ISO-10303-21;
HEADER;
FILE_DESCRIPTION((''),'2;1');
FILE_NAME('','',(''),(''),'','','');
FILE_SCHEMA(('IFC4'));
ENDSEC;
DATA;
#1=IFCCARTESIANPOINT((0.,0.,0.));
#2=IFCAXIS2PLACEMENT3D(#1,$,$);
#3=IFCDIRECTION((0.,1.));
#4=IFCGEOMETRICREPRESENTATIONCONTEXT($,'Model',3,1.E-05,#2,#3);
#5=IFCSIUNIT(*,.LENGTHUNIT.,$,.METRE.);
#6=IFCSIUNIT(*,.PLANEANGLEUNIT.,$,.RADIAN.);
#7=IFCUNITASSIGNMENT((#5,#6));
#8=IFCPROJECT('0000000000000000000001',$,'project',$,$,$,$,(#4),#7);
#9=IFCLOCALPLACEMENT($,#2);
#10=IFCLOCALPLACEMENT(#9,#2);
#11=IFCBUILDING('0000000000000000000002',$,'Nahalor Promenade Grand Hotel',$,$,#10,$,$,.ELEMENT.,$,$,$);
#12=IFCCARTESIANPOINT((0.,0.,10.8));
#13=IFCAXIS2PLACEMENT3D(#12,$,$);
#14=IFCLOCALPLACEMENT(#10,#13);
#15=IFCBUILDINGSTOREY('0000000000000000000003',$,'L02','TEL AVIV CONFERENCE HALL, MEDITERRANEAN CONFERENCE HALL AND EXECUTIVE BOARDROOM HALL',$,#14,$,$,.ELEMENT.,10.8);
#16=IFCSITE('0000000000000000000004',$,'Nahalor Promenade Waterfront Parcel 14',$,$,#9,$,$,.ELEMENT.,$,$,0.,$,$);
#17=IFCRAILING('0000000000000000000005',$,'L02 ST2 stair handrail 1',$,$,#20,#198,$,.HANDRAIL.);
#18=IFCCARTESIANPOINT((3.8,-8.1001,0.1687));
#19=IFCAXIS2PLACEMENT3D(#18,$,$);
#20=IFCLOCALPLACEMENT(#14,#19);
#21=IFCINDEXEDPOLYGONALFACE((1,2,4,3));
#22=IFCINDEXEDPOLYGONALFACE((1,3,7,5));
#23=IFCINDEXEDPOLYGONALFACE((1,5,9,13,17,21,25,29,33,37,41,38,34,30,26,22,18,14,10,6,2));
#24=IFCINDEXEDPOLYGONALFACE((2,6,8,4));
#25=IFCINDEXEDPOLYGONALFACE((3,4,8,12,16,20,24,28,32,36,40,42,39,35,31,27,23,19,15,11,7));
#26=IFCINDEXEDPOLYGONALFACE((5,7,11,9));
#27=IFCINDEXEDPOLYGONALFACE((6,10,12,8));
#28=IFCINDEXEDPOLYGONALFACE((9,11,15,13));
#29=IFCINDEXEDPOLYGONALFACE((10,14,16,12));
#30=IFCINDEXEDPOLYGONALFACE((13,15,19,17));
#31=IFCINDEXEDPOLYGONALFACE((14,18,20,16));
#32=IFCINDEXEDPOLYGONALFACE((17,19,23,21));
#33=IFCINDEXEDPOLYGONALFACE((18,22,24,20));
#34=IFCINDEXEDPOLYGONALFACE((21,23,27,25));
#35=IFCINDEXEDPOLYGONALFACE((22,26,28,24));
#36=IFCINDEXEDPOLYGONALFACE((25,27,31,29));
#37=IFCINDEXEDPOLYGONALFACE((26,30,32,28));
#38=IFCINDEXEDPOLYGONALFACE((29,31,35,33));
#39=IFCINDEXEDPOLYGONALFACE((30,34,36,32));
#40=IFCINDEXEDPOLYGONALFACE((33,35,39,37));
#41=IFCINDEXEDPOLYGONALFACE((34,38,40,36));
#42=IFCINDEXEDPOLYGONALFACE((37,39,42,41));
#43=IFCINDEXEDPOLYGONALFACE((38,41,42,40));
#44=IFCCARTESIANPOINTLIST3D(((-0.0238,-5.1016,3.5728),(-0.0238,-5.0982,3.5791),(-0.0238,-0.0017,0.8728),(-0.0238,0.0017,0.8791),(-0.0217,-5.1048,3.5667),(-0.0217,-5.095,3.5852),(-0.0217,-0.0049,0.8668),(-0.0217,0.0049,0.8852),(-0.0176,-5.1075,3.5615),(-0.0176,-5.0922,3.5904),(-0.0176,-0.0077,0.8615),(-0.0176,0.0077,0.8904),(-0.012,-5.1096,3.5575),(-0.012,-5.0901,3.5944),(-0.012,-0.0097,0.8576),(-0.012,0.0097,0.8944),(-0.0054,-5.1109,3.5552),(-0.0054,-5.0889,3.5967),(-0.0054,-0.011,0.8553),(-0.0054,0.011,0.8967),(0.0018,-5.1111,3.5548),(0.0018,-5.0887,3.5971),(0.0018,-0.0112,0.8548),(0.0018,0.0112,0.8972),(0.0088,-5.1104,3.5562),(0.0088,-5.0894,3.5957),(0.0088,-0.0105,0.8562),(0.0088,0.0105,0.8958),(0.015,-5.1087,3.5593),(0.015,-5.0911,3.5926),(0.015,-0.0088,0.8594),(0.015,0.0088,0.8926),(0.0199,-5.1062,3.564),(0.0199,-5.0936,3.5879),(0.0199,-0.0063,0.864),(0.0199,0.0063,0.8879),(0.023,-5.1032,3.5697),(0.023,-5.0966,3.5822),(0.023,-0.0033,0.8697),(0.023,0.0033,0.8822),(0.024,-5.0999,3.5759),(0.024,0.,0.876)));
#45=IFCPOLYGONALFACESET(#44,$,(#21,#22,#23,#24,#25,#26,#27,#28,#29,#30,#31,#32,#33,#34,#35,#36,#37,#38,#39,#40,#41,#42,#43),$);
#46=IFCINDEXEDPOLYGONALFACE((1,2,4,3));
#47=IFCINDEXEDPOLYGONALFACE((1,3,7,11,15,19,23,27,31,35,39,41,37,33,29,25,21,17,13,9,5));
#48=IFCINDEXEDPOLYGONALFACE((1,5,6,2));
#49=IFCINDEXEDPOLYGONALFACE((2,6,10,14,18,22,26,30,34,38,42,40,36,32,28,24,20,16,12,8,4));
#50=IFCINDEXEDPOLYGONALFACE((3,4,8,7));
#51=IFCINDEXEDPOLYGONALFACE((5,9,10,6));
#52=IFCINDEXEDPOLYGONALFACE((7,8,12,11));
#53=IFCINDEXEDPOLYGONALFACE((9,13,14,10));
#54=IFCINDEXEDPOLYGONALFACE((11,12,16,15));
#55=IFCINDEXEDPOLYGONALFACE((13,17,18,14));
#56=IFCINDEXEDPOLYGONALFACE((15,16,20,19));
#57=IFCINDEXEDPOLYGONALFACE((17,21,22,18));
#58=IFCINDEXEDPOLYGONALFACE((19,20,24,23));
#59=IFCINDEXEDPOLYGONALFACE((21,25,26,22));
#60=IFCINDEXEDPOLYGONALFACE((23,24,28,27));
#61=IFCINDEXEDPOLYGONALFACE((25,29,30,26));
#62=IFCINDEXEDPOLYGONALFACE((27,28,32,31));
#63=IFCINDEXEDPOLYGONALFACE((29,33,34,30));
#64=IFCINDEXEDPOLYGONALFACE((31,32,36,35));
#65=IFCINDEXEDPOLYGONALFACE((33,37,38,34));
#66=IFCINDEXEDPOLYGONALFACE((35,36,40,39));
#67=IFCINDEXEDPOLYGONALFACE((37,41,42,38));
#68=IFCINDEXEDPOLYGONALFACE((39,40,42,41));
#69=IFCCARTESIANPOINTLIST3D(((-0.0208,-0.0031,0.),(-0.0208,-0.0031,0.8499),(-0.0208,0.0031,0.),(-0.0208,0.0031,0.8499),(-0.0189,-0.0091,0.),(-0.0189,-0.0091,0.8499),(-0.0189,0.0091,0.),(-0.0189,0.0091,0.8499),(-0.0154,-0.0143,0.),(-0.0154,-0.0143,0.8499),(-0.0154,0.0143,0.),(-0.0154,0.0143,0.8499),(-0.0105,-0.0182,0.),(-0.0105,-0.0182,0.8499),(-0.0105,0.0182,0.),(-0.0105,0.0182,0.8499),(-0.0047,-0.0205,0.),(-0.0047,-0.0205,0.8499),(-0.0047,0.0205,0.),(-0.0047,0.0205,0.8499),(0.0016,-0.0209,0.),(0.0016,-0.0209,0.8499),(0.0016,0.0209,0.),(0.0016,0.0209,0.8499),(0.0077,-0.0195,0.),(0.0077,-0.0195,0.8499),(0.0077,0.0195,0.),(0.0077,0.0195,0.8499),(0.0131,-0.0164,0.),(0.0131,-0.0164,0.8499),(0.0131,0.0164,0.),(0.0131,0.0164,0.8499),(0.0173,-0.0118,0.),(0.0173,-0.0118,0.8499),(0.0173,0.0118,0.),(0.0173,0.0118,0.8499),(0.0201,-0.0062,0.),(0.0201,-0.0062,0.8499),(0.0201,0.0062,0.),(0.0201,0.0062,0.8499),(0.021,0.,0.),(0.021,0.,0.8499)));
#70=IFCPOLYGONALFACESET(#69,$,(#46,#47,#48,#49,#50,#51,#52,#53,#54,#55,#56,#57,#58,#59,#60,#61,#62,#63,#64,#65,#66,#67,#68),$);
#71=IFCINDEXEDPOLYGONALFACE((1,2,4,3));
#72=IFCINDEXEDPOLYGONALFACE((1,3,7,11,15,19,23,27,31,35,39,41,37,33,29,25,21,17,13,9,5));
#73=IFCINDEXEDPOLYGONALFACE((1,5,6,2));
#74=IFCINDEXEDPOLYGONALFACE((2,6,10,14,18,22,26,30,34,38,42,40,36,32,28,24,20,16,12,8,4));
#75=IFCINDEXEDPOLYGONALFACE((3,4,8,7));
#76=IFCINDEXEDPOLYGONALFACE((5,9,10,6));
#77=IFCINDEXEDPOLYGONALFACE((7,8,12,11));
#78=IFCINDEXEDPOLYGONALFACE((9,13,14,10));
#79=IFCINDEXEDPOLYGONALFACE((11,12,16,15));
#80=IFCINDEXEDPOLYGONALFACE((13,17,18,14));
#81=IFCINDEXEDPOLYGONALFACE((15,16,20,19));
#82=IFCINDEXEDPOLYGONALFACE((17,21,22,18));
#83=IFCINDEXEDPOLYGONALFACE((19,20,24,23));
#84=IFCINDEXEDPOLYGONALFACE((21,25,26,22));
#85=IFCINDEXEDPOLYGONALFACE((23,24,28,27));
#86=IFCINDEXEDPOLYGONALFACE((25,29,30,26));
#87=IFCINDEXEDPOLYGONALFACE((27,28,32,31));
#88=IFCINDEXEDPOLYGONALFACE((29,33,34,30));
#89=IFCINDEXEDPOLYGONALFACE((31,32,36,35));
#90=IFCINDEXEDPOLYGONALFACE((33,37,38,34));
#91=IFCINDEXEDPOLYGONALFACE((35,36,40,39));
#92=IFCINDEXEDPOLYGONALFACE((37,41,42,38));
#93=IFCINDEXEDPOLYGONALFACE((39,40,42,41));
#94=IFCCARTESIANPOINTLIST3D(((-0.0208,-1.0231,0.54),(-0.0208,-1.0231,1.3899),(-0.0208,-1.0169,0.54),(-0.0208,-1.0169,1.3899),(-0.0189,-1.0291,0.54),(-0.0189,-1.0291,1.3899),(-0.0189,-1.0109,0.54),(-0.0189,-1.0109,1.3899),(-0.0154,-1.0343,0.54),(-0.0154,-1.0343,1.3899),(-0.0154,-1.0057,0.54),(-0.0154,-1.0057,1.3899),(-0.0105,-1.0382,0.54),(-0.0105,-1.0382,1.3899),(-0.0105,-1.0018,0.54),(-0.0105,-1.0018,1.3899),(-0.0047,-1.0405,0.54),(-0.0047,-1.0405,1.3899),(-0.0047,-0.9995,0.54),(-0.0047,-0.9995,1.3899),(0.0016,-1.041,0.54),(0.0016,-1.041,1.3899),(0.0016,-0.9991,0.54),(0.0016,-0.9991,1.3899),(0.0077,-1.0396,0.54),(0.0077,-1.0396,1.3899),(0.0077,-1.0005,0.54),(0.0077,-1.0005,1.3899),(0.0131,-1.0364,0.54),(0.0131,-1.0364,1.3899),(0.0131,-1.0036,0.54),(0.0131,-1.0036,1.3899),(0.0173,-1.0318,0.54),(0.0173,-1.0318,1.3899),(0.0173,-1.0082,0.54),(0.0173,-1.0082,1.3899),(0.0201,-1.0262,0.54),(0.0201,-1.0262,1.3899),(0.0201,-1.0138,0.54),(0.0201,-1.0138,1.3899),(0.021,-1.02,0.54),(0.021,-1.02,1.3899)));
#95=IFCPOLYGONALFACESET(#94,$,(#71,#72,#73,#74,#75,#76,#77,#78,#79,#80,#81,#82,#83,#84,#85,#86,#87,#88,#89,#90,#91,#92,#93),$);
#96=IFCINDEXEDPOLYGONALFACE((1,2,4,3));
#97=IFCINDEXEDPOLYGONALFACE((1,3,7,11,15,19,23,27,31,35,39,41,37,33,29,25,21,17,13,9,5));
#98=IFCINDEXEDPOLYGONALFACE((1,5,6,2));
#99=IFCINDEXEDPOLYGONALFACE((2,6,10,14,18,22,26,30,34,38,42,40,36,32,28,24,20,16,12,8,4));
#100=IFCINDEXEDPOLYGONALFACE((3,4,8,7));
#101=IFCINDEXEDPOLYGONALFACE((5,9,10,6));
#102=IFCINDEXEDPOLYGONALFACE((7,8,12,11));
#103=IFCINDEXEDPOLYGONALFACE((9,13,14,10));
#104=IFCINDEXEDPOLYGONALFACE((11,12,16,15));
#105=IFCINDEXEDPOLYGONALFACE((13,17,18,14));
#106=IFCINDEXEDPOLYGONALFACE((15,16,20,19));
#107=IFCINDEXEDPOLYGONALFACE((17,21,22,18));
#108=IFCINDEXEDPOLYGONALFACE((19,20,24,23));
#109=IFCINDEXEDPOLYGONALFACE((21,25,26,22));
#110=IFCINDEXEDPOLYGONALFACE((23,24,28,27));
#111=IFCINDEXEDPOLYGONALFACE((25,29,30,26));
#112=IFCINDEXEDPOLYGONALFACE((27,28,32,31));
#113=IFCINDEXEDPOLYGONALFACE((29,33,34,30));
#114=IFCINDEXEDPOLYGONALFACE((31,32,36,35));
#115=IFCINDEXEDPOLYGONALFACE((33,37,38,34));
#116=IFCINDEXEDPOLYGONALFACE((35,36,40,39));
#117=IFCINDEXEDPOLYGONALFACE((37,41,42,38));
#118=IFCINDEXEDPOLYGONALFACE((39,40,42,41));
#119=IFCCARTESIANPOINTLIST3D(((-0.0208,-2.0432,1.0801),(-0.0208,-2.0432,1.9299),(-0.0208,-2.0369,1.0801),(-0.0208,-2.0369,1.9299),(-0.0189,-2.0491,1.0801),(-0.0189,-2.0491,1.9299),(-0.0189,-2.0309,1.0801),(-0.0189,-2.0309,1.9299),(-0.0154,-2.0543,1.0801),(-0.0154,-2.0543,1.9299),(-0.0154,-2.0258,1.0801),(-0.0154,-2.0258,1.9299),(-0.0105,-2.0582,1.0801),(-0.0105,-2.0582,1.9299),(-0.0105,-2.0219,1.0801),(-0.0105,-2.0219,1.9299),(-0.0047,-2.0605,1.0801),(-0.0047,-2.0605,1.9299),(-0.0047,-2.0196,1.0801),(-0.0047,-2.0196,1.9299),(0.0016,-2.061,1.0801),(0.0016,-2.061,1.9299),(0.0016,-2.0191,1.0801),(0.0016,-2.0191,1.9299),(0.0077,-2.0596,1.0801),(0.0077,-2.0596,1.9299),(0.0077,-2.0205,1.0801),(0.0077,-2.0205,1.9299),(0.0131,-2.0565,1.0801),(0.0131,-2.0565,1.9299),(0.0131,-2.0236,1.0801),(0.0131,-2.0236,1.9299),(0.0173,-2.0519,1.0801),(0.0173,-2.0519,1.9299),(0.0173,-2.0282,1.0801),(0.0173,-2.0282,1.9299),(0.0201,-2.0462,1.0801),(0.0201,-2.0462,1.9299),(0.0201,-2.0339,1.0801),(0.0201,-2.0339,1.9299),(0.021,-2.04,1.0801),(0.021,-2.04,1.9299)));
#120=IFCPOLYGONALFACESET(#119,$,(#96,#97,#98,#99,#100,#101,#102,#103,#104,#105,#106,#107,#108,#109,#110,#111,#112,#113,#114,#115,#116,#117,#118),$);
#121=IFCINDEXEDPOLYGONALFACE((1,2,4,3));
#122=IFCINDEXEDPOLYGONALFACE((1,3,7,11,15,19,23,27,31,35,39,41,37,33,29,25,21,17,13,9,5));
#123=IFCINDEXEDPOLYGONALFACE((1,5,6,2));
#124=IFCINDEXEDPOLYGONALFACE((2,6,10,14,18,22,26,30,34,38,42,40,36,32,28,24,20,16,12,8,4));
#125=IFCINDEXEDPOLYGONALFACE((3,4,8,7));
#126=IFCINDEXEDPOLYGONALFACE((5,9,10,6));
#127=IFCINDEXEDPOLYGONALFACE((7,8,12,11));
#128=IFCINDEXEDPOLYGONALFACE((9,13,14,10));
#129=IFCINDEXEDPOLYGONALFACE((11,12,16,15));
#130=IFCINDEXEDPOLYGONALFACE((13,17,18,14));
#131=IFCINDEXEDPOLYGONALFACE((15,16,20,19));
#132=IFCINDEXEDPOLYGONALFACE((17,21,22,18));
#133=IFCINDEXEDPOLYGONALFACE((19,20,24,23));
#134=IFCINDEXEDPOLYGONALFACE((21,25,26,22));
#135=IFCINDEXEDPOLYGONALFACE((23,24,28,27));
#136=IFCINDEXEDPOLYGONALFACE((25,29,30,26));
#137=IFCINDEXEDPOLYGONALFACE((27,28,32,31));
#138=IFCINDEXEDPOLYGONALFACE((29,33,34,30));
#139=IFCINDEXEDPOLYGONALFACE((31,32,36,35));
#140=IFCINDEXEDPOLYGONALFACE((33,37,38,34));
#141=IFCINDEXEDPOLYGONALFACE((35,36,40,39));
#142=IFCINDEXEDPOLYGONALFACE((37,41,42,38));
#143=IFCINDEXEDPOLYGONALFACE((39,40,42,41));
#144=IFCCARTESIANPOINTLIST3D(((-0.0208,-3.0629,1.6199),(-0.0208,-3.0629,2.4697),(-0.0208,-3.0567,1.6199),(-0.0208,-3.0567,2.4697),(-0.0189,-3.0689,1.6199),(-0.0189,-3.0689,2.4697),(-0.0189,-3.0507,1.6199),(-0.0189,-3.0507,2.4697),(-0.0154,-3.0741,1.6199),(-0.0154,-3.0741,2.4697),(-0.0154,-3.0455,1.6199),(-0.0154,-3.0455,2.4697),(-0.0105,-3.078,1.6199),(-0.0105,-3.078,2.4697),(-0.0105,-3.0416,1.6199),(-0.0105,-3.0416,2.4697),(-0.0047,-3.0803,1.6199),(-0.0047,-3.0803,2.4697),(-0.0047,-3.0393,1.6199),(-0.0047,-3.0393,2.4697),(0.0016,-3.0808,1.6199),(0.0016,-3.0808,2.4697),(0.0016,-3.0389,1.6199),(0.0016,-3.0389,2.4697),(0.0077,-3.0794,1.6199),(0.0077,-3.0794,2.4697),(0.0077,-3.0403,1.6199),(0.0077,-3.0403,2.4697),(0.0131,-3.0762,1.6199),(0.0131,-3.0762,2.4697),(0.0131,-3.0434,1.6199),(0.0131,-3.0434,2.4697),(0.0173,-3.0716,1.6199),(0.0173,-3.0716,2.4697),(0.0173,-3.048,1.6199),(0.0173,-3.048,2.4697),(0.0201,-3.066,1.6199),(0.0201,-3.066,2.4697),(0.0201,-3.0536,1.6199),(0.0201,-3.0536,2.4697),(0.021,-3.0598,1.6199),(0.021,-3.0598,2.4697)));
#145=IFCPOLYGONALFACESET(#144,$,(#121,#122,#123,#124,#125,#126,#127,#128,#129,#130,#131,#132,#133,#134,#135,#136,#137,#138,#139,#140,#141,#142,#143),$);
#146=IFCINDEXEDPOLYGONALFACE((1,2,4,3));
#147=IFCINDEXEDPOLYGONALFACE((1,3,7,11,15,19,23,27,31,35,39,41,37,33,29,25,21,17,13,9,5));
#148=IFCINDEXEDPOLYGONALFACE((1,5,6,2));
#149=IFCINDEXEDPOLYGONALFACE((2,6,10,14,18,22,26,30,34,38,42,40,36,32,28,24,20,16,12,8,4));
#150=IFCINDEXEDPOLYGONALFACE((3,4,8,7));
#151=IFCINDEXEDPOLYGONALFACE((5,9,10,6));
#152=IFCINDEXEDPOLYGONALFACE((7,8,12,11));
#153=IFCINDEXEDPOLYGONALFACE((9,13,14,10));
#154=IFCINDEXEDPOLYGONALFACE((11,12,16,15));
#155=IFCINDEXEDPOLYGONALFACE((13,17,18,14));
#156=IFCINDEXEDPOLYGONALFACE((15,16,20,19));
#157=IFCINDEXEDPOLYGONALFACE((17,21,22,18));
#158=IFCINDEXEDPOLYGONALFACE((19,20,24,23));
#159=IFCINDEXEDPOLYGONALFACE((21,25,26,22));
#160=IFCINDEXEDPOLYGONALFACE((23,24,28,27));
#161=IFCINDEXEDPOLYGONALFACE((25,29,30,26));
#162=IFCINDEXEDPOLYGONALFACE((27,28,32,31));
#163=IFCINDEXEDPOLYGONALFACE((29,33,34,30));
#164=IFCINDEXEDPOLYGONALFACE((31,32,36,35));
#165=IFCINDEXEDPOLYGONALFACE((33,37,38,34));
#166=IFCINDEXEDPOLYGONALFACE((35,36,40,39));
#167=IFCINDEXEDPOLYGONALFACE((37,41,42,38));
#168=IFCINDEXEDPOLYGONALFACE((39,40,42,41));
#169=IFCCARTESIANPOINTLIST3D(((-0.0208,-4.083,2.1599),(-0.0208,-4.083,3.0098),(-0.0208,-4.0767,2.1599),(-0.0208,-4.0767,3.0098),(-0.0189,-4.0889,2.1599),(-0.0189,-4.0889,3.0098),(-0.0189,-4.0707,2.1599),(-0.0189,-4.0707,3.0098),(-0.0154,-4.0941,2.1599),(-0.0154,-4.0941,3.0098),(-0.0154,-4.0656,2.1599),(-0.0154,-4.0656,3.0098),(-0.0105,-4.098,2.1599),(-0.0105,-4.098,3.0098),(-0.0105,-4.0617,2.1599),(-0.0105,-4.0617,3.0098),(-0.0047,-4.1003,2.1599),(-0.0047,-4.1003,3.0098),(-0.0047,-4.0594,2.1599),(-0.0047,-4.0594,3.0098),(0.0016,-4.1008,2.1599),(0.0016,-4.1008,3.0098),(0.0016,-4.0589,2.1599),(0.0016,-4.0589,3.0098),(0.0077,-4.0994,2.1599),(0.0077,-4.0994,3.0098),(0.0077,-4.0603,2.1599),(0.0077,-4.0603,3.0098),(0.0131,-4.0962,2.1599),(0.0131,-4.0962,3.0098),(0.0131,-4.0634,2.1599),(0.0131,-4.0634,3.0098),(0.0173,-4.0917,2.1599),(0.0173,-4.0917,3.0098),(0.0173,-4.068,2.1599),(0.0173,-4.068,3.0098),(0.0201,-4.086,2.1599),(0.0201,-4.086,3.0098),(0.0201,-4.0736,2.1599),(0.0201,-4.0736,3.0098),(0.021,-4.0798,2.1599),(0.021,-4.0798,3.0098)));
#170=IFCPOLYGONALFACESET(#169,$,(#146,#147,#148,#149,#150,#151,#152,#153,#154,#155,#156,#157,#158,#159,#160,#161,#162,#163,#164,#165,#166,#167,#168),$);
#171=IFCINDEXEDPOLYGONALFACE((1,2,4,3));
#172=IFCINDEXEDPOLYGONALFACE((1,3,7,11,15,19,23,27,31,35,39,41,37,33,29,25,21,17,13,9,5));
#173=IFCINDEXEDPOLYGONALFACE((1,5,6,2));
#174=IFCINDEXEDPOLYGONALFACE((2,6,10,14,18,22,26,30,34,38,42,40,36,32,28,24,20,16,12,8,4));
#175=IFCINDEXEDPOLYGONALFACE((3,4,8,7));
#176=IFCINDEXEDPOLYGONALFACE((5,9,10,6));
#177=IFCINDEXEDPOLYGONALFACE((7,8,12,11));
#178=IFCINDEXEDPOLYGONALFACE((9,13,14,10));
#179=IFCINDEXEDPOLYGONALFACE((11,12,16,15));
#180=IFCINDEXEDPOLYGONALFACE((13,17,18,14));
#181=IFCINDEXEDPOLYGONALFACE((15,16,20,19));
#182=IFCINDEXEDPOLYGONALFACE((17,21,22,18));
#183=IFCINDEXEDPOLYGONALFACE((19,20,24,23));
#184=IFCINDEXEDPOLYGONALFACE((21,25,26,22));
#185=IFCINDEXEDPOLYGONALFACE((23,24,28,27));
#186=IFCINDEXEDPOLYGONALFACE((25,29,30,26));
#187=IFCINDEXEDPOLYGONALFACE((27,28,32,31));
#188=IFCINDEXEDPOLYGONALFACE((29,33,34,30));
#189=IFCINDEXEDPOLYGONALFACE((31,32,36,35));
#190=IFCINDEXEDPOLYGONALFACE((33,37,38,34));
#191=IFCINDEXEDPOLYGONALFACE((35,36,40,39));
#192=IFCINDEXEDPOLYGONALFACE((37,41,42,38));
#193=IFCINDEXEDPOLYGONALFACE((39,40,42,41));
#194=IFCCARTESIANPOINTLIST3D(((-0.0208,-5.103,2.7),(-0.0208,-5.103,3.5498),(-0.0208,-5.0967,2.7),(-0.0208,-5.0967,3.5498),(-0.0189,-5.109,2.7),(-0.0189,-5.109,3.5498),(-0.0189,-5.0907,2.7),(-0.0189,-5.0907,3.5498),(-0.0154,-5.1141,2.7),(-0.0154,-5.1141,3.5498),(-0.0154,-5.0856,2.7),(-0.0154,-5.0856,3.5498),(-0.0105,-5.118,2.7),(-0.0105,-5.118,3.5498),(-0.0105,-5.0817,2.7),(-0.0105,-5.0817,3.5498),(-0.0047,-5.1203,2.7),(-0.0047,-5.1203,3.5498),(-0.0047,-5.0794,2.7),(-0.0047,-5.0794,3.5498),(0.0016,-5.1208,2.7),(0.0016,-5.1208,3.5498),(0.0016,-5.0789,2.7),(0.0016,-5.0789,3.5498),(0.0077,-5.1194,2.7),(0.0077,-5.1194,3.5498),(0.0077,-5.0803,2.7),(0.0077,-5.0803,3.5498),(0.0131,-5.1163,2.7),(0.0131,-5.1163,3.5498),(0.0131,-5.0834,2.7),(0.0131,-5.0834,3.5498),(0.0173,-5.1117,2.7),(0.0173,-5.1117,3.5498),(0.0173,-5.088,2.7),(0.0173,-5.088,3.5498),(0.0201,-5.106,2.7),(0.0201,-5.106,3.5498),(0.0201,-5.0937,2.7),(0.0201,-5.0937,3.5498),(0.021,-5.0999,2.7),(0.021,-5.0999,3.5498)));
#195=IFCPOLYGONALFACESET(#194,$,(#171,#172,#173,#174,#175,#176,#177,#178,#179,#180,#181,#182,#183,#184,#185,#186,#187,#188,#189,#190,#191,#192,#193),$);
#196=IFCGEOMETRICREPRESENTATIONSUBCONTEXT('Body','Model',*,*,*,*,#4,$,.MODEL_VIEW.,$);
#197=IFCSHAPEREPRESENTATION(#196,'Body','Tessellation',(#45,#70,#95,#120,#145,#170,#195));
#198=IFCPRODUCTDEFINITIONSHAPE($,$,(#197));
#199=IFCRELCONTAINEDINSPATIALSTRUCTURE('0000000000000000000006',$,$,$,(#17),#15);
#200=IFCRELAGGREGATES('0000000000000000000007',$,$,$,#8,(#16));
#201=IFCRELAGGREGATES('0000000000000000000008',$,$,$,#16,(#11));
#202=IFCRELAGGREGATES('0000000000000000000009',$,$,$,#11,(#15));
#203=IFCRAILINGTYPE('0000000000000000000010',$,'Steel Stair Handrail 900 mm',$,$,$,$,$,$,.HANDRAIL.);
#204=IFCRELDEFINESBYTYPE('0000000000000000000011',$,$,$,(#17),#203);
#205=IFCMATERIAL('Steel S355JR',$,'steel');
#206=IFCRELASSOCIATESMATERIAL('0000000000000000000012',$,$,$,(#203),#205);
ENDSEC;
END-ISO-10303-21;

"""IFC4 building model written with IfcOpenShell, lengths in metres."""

from ifc_helpers import new_model, si_unit, direction, frame, origin, origin_2d, place, context, subcontext, project, spatial, circle, extrude, material, type_object, element, save


model = new_model("IFC4")

# Units and contexts
model_context = context("Model", 3, precision=1e-05, world=origin(), true_north=direction((0.0, 1.0)))
body_context = subcontext(model_context, "Body", "Model", "MODEL_VIEW")
ifc_project = project(units=[si_unit("LENGTHUNIT", "METRE"), si_unit("PLANEANGLEUNIT", "RADIAN")], contexts=[model_context])

# Site, building, storey
site_placement = place(None, origin())
site = spatial("IfcSite", under=ifc_project, at=site_placement, Name="Nahalor Promenade Waterfront Parcel 14", CompositionType="ELEMENT", RefElevation=0.0)
building_placement = place(site_placement, origin())
building = spatial("IfcBuilding", under=site, at=building_placement, Name="Nahalor Promenade Grand Hotel", CompositionType="ELEMENT")
storey_placement = place(building_placement, frame((0.0, 0.0, 10.8)))
storey = spatial("IfcBuildingStorey", under=building, at=storey_placement, Name="L02", Description="TEL AVIV CONFERENCE HALL, MEDITERRANEAN CONFERENCE HALL AND EXECUTIVE BOARDROOM HALL", CompositionType="ELEMENT", Elevation=10.8)

# Shared definitions
ifc_material_1 = material(Name="Steel S355JR", Category="steel")

# Railing
railing_type_1 = type_object("IfcRailingType", Name="Steel Stair Handrail 900 mm", PredefinedType="HANDRAIL", material=ifc_material_1)
for number, where, name in (
    (1, (3.8, -8.1001, 0.1687), "L02 ST2 stair handrail 1"),
):
    element("IfcRailing", number, at=place(storey_placement, frame(where)), inside=storey, type_object=railing_type_1, Name=name, PredefinedType="HANDRAIL", context=body_context, shape_type="SweptSolid", body=[
        extrude(circle(Radius=0.024, at=origin_2d()), frame((0.0, 0.0, 0.876), z_axis=(0.0, -0.883786, 0.467892), x_axis=(1.0, 0.0, 0.0)), (0.0, 0.0, 1.0), 5.7705),
        extrude(circle(Radius=0.021, at=origin_2d()), origin(), (0.0, 0.0, 1.0), 0.8499),
        extrude(circle(Radius=0.021, at=origin_2d()), frame((0.0, -1.02, 0.54)), (0.0, 0.0, 1.0), 0.8499),
        extrude(circle(Radius=0.021, at=origin_2d()), frame((0.0, -2.04, 1.0801)), (0.0, 0.0, 1.0), 0.8499),
        extrude(circle(Radius=0.021, at=origin_2d()), frame((0.0, -3.0598, 1.6199)), (0.0, 0.0, 1.0), 0.8499),
        extrude(circle(Radius=0.021, at=origin_2d()), frame((0.0, -4.0798, 2.1599)), (0.0, 0.0, 1.0), 0.8499),
        extrude(circle(Radius=0.021, at=origin_2d()), frame((0.0, -5.0999, 2.7)), (0.0, 0.0, 1.0), 0.8499),
    ])

save(model, "model.ifc")
